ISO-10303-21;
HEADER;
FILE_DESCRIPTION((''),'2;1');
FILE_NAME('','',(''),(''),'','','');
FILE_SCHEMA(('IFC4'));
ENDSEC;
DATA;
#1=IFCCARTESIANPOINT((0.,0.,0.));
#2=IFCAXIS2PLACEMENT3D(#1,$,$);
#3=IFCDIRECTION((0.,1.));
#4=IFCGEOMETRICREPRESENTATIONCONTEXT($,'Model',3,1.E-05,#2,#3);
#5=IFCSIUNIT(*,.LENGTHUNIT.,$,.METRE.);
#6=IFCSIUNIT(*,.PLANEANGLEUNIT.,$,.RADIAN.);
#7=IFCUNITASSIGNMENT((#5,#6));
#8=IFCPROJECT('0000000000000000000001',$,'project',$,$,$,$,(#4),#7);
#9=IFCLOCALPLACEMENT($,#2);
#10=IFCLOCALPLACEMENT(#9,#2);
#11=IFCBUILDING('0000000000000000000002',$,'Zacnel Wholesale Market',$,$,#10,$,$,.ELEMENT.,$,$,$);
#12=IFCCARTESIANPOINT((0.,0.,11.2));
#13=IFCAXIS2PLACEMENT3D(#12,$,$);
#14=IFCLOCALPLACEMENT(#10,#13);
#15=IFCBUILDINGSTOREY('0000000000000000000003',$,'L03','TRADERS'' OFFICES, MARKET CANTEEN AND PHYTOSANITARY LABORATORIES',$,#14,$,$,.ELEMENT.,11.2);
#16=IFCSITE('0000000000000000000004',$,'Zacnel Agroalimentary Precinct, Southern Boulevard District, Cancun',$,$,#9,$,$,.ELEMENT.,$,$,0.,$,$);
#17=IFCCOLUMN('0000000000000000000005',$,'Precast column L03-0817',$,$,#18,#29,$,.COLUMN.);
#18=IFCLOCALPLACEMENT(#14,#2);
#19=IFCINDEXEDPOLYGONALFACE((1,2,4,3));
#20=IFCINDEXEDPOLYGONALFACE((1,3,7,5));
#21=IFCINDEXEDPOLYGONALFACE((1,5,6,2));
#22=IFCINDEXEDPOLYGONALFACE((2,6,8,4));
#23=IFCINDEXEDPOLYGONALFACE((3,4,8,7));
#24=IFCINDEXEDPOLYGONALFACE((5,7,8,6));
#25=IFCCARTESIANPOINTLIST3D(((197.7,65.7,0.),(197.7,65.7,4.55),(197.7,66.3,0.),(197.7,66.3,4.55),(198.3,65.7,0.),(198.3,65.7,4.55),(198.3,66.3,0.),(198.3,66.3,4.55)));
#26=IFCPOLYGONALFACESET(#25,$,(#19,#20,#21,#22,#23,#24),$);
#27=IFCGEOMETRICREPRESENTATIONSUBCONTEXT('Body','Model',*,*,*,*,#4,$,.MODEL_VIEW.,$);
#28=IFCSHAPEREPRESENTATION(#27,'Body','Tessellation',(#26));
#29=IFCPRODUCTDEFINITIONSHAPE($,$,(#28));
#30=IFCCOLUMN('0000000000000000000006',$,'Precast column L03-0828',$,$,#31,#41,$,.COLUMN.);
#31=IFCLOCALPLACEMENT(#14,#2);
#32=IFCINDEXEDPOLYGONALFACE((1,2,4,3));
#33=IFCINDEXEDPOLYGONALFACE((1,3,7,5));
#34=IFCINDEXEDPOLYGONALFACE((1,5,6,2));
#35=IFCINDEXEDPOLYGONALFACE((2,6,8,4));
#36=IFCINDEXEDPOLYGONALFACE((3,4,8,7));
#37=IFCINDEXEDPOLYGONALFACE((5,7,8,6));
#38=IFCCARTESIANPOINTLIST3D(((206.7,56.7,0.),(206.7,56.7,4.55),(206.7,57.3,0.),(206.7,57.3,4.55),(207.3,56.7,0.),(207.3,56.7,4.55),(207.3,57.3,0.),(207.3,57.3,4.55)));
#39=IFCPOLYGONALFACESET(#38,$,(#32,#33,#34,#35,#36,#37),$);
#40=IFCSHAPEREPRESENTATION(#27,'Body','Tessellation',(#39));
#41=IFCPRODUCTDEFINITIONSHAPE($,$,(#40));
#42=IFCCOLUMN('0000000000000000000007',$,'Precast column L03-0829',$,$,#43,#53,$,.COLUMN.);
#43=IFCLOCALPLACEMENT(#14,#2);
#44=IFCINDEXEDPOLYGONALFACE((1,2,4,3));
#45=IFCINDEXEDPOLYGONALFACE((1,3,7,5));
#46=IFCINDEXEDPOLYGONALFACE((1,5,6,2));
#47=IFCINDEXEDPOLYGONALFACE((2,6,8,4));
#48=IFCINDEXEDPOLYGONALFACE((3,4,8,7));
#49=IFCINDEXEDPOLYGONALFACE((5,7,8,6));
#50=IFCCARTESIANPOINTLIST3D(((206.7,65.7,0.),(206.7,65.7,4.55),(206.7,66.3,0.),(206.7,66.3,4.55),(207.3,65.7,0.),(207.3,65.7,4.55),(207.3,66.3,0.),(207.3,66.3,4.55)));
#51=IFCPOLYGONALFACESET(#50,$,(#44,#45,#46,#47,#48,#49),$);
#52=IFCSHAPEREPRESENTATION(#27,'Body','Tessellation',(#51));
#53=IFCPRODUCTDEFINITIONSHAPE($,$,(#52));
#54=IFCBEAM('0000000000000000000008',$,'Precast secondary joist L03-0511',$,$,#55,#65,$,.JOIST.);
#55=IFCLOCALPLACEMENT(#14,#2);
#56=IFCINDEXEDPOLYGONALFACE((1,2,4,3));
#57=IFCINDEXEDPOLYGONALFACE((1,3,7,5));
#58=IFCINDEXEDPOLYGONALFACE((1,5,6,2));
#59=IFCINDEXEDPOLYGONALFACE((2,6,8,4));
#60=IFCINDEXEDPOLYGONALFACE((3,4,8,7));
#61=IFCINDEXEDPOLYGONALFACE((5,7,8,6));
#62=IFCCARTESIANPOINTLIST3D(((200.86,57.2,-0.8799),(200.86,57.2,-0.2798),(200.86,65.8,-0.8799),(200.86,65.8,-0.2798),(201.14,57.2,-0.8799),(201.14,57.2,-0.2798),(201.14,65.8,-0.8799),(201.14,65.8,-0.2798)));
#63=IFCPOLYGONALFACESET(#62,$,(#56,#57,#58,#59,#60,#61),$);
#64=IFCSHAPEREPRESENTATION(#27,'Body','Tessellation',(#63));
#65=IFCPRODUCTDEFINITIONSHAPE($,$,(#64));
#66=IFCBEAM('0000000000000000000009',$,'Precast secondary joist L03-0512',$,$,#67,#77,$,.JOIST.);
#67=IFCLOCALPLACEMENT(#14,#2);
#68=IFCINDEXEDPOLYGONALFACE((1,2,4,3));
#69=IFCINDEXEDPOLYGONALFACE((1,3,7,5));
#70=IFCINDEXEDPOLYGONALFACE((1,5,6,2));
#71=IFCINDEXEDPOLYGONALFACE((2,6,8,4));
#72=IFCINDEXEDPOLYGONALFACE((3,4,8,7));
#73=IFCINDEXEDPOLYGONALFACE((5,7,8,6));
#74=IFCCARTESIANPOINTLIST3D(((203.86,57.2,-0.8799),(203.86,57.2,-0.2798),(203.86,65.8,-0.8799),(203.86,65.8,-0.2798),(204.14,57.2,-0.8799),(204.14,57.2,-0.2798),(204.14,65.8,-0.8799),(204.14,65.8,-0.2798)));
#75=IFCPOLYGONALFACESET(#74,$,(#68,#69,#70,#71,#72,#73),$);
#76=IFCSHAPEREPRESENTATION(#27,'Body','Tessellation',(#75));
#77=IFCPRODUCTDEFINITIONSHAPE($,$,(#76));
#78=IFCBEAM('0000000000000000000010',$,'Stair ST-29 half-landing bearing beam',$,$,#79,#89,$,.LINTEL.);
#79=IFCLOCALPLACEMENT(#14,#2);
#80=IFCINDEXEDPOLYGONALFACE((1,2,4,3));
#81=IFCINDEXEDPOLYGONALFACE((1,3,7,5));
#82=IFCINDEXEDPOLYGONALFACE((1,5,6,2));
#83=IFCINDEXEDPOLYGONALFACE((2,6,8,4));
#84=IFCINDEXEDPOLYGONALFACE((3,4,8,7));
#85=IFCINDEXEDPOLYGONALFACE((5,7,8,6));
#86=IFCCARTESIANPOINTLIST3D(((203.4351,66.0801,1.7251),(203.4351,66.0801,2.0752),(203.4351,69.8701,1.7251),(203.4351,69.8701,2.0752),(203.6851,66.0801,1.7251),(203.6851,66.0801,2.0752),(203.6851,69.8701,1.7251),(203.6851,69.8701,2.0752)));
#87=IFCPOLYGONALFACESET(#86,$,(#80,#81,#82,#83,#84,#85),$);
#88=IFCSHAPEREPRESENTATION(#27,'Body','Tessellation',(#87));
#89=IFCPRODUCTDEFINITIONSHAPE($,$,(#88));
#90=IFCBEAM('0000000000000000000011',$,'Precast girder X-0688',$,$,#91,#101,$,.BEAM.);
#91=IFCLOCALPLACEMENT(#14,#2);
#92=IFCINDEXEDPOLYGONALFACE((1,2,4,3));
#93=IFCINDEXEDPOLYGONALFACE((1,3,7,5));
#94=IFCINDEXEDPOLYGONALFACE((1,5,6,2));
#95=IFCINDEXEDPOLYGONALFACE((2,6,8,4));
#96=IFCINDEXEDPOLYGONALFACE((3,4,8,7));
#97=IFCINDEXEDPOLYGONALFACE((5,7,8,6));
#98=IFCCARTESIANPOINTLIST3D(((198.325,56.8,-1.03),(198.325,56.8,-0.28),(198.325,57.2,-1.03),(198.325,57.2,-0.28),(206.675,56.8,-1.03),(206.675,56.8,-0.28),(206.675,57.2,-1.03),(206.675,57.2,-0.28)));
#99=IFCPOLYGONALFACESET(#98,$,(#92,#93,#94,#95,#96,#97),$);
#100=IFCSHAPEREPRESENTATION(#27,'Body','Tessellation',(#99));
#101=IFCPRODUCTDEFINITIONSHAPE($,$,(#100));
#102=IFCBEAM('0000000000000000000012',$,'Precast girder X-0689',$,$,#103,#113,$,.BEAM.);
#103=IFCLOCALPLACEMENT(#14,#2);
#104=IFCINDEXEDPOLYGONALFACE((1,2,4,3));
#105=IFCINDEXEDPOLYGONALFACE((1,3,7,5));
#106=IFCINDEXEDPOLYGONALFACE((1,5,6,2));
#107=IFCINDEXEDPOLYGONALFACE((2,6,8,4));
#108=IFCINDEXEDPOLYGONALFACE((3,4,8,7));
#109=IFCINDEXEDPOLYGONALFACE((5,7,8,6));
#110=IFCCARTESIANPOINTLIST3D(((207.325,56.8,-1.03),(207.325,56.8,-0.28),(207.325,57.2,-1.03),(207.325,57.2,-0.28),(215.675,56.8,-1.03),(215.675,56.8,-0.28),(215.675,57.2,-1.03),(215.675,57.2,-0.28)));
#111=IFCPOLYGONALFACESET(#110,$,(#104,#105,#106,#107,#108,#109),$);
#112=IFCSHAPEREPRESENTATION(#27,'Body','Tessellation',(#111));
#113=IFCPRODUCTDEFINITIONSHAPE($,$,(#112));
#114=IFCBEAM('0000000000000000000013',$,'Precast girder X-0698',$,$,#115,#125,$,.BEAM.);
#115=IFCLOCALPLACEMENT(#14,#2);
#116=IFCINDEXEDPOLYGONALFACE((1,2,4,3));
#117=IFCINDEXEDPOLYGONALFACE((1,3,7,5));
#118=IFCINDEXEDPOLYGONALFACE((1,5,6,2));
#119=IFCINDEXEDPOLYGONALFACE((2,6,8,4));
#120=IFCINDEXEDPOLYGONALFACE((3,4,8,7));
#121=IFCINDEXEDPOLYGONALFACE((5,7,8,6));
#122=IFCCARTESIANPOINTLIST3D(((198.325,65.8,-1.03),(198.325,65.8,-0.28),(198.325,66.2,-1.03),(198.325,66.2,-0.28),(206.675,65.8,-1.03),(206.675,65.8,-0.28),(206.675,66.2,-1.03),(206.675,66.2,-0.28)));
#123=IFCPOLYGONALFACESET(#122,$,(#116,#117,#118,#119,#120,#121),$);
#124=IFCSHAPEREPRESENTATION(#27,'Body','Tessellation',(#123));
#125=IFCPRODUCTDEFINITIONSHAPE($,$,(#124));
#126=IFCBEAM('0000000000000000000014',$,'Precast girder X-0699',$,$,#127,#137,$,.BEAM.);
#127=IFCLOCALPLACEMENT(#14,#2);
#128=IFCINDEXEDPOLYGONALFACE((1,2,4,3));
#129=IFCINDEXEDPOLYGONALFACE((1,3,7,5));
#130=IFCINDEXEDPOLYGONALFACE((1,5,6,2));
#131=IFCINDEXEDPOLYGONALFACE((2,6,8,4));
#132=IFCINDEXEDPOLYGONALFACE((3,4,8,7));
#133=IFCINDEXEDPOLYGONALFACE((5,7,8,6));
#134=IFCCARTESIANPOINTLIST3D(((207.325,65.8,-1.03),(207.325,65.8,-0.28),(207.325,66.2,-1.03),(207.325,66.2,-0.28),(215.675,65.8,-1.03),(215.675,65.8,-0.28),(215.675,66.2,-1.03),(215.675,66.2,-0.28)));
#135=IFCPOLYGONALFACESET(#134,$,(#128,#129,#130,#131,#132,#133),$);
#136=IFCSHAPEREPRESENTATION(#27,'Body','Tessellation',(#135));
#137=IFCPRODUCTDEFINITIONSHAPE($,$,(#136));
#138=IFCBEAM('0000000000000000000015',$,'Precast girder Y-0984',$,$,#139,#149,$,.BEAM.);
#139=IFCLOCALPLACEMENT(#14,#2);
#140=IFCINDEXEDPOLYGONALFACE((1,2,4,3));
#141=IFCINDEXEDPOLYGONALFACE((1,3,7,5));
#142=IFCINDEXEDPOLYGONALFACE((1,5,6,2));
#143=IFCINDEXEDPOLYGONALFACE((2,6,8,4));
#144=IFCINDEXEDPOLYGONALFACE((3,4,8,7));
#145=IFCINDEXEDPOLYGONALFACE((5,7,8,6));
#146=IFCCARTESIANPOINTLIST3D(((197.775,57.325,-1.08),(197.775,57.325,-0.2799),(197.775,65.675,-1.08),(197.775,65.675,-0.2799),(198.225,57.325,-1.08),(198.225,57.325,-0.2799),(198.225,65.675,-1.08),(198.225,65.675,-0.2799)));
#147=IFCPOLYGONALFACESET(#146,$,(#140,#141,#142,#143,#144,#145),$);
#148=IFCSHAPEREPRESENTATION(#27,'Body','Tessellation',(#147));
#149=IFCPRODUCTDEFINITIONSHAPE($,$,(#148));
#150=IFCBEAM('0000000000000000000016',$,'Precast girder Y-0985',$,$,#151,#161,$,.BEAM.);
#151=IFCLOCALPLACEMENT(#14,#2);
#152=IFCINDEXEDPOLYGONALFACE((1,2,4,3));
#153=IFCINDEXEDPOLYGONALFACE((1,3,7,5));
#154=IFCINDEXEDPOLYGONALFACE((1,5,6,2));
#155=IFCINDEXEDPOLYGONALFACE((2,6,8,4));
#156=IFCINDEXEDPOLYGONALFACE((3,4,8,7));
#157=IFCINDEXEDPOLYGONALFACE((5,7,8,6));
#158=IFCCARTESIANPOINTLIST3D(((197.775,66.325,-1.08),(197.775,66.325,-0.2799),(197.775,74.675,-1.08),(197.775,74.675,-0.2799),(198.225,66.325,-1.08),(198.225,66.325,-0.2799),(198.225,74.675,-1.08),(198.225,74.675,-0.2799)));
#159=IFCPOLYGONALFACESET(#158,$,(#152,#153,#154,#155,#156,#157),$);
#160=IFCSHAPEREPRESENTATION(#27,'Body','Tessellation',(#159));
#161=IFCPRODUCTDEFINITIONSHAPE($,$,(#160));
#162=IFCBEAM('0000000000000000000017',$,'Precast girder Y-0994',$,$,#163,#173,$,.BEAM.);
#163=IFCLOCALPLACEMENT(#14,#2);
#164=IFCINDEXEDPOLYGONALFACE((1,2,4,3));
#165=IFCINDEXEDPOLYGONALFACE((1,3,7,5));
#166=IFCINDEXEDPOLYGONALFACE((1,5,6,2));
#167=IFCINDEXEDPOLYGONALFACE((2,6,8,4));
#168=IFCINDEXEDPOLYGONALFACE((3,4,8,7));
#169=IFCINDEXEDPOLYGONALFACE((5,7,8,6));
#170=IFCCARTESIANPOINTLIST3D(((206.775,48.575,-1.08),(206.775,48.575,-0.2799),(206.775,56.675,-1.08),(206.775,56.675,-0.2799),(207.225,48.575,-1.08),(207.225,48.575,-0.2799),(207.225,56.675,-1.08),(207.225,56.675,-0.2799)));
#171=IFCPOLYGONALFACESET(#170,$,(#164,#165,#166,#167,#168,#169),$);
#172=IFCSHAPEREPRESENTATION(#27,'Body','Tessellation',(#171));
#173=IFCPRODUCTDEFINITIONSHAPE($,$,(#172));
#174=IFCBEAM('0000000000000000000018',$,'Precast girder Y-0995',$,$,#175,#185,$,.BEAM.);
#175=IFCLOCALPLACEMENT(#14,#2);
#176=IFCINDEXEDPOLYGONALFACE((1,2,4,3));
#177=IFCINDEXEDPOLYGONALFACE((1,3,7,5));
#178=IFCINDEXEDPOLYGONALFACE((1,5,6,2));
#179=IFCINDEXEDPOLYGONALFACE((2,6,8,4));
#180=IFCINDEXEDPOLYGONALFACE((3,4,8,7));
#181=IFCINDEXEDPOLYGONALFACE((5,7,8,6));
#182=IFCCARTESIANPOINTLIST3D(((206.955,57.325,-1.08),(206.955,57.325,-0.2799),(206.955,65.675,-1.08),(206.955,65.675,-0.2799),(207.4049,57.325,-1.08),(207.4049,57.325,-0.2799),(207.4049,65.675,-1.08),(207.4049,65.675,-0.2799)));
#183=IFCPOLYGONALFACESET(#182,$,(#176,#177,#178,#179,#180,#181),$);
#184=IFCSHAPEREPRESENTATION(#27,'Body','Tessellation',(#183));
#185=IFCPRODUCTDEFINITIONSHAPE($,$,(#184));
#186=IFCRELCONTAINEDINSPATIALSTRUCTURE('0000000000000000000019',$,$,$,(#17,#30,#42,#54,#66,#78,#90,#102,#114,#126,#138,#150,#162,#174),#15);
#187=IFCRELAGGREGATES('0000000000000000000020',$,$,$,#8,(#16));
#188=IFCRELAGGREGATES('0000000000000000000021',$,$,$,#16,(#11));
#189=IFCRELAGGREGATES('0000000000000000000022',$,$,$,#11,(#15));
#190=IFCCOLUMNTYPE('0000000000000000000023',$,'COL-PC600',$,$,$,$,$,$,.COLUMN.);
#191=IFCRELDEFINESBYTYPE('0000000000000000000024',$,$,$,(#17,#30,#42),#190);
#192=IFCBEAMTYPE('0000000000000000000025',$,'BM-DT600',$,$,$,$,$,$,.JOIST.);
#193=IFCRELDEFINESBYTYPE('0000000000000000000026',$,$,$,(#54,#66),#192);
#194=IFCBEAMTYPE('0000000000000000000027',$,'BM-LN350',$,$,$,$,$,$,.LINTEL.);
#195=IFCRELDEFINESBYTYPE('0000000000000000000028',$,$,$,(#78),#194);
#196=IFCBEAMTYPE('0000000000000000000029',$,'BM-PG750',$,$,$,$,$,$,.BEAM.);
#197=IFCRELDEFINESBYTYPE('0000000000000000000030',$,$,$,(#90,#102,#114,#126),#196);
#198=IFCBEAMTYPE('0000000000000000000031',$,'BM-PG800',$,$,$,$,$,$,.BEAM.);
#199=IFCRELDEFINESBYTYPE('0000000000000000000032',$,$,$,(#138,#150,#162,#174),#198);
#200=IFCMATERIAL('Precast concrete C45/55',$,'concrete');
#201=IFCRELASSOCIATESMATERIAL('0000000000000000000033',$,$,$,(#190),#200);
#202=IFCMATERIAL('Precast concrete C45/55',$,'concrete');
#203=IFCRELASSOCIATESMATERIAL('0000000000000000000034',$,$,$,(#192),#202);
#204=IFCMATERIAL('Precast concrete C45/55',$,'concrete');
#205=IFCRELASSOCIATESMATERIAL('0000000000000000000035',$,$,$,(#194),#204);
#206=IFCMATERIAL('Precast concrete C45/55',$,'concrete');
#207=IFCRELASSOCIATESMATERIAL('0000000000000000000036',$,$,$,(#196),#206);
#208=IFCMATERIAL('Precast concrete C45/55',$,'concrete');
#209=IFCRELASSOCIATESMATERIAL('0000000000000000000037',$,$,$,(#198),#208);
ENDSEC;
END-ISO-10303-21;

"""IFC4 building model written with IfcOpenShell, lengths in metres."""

from ifc_helpers import new_model, si_unit, direction, frame, origin, origin_2d, place, context, subcontext, project, spatial, rectangle, extrude, material, material_profile, profile_set, type_object, element, save


model = new_model("IFC4")

# Units and contexts
model_context = context("Model", 3, precision=1e-05, world=origin(), true_north=direction((0.0, 1.0)))
body_context = subcontext(model_context, "Body", "Model", "MODEL_VIEW")
ifc_project = project(units=[si_unit("LENGTHUNIT", "METRE"), si_unit("PLANEANGLEUNIT", "RADIAN")], contexts=[model_context])

# Site, building, storey
site_placement = place(None, origin())
site = spatial("IfcSite", under=ifc_project, at=site_placement, Name="Zacnel Agroalimentary Precinct, Southern Boulevard District, Cancun", CompositionType="ELEMENT", RefElevation=0.0)
building_placement = place(site_placement, origin())
building = spatial("IfcBuilding", under=site, at=building_placement, Name="Zacnel Wholesale Market", CompositionType="ELEMENT")
storey_placement = place(building_placement, frame((0.0, 0.0, 11.2)))
storey = spatial("IfcBuildingStorey", under=building, at=storey_placement, Name="L03", Description="TRADERS' OFFICES, MARKET CANTEEN AND PHYTOSANITARY LABORATORIES", CompositionType="ELEMENT", Elevation=11.2)

# Columns
ifc_material_1 = material(Name="Precast concrete C45/55", Category="concrete")
ifc_material_profile_1 = material_profile(ifc_material_1, rectangle(XDim=0.6001, YDim=0.6001, at=origin_2d()), Name="PC 600x600")
ifc_profile_set_1 = profile_set([ifc_material_profile_1], Name="Precast concrete C45/55")
column_type = type_object("IfcColumnType", Name="COL-PC600", PredefinedType="COLUMN", material=ifc_profile_set_1)
for number, where, z_axis, x_axis, name in (
    (1, (198.0, 66.0, 0.0), (0.0, 0.0, 1.0), (1.0, 0.0, 0.0), "Precast column L03-0817"),
    (2, (207.0, 57.0, 0.0), (0.0, 0.0, 1.0), (1.0, 0.0, 0.0), "Precast column L03-0828"),
    (3, (207.0, 66.0, 0.0), (0.0, 0.0, 1.0), (1.0, 0.0, 0.0), "Precast column L03-0829"),
):
    element("IfcColumn", number, at=place(storey_placement, frame(where, z_axis=z_axis, x_axis=x_axis)), inside=storey, type_object=column_type, Name=name, PredefinedType="COLUMN", context=body_context, shape_type="SweptSolid", body=[
        extrude(rectangle(XDim=0.6001, YDim=0.6001, at=origin_2d()), origin(), (0.0, 0.0, 1.0), 4.55),
    ])

# Beams
ifc_material_2 = material(Name="Precast concrete C45/55", Category="concrete")
ifc_material_profile_2 = material_profile(ifc_material_2, rectangle(XDim=0.28, YDim=0.6001, at=origin_2d()), Name="DT RIB 280x600")
ifc_profile_set_2 = profile_set([ifc_material_profile_2], Name="Precast concrete C45/55")
beam_type_1 = type_object("IfcBeamType", Name="BM-DT600", PredefinedType="JOIST", material=ifc_profile_set_2)
for number, where, z_axis, x_axis, name in (
    (4, (201.0, 57.2, -0.5798), (0.0, 1.0, 0.0), (-1.0, 0.0, 0.0), "Precast secondary joist L03-0511"),
    (5, (204.0, 57.2, -0.5798), (0.0, 1.0, 0.0), (-1.0, 0.0, 0.0), "Precast secondary joist L03-0512"),
):
    element("IfcBeam", number, at=place(storey_placement, frame(where, z_axis=z_axis, x_axis=x_axis)), inside=storey, type_object=beam_type_1, Name=name, PredefinedType="JOIST", context=body_context, shape_type="SweptSolid", body=[
        extrude(rectangle(XDim=0.28, YDim=0.6001, at=origin_2d()), origin(), (0.0, 0.0, 1.0), 8.6001),
    ])
ifc_material_3 = material(Name="Precast concrete C45/55", Category="concrete")
ifc_material_profile_3 = material_profile(ifc_material_3, rectangle(XDim=0.25, YDim=0.3501, at=origin_2d()), Name="LN 250x350")
ifc_profile_set_3 = profile_set([ifc_material_profile_3], Name="Precast concrete C45/55")
beam_type_2 = type_object("IfcBeamType", Name="BM-LN350", PredefinedType="LINTEL", material=ifc_profile_set_3)
beam_1_placement = place(storey_placement, frame((203.5601, 66.0801, 1.9001), z_axis=(0.0, 1.0, 0.0), x_axis=(-1.0, 0.0, 0.0)))
element("IfcBeam", 6, at=beam_1_placement, inside=storey, type_object=beam_type_2, Name="Stair ST-29 half-landing bearing beam", PredefinedType="LINTEL", context=body_context, shape_type="SweptSolid", body=[
    extrude(rectangle(XDim=0.25, YDim=0.3501, at=origin_2d()), origin(), (0.0, 0.0, 1.0), 3.79),
])
ifc_material_4 = material(Name="Precast concrete C45/55", Category="concrete")
ifc_material_profile_4 = material_profile(ifc_material_4, rectangle(XDim=0.3999, YDim=0.75, at=origin_2d()), Name="PG 400x750")
ifc_profile_set_4 = profile_set([ifc_material_profile_4], Name="Precast concrete C45/55")
beam_type_3 = type_object("IfcBeamType", Name="BM-PG750", PredefinedType="BEAM", material=ifc_profile_set_4)
for number, where, z_axis, x_axis, name in (
    (7, (198.325, 57.0, -0.655), (1.0, 0.0, 0.0), (0.0, 1.0, 0.0), "Precast girder X-0688"),
    (8, (207.325, 57.0, -0.655), (1.0, 0.0, 0.0), (0.0, 1.0, 0.0), "Precast girder X-0689"),
    (9, (198.325, 66.0, -0.655), (1.0, 0.0, 0.0), (0.0, 1.0, 0.0), "Precast girder X-0698"),
    (10, (207.325, 66.0, -0.655), (1.0, 0.0, 0.0), (0.0, 1.0, 0.0), "Precast girder X-0699"),
):
    element("IfcBeam", number, at=place(storey_placement, frame(where, z_axis=z_axis, x_axis=x_axis)), inside=storey, type_object=beam_type_3, Name=name, PredefinedType="BEAM", context=body_context, shape_type="SweptSolid", body=[
        extrude(rectangle(XDim=0.3999, YDim=0.75, at=origin_2d()), origin(), (0.0, 0.0, 1.0), 8.3501),
    ])
ifc_material_5 = material(Name="Precast concrete C45/55", Category="concrete")
ifc_material_profile_5 = material_profile(ifc_material_5, rectangle(XDim=0.45, YDim=0.8, at=origin_2d()), Name="PG 450x800")
ifc_profile_set_5 = profile_set([ifc_material_profile_5], Name="Precast concrete C45/55")
beam_type_4 = type_object("IfcBeamType", Name="BM-PG800", PredefinedType="BEAM", material=ifc_profile_set_5)
for number, where, z_axis, x_axis, name in (
    (11, (198.0, 57.325, -0.6799), (0.0, 1.0, 0.0), (-1.0, 0.0, 0.0), "Precast girder Y-0984"),
    (12, (198.0, 66.325, -0.6799), (0.0, 1.0, 0.0), (-1.0, 0.0, 0.0), "Precast girder Y-0985"),
):
    element("IfcBeam", number, at=place(storey_placement, frame(where, z_axis=z_axis, x_axis=x_axis)), inside=storey, type_object=beam_type_4, Name=name, PredefinedType="BEAM", context=body_context, shape_type="SweptSolid", body=[
        extrude(rectangle(XDim=0.45, YDim=0.8, at=origin_2d()), origin(), (0.0, 0.0, 1.0), 8.3501),
    ])
beam_2_placement = place(storey_placement, frame((207.0, 48.575, -0.6799), z_axis=(0.0, 1.0, 0.0), x_axis=(-1.0, 0.0, 0.0)))
element("IfcBeam", 13, at=beam_2_placement, inside=storey, type_object=beam_type_4, Name="Precast girder Y-0994", PredefinedType="BEAM", context=body_context, shape_type="SweptSolid", body=[
    extrude(rectangle(XDim=0.45, YDim=0.8, at=origin_2d()), origin(), (0.0, 0.0, 1.0), 8.1001),
])
beam_3_placement = place(storey_placement, frame((207.1799, 57.325, -0.6799), z_axis=(0.0, 1.0, 0.0), x_axis=(-1.0, 0.0, 0.0)))
element("IfcBeam", 14, at=beam_3_placement, inside=storey, type_object=beam_type_4, Name="Precast girder Y-0995", PredefinedType="BEAM", context=body_context, shape_type="SweptSolid", body=[
    extrude(rectangle(XDim=0.45, YDim=0.8, at=origin_2d()), origin(), (0.0, 0.0, 1.0), 8.3501),
])

save(model, "model.ifc")
